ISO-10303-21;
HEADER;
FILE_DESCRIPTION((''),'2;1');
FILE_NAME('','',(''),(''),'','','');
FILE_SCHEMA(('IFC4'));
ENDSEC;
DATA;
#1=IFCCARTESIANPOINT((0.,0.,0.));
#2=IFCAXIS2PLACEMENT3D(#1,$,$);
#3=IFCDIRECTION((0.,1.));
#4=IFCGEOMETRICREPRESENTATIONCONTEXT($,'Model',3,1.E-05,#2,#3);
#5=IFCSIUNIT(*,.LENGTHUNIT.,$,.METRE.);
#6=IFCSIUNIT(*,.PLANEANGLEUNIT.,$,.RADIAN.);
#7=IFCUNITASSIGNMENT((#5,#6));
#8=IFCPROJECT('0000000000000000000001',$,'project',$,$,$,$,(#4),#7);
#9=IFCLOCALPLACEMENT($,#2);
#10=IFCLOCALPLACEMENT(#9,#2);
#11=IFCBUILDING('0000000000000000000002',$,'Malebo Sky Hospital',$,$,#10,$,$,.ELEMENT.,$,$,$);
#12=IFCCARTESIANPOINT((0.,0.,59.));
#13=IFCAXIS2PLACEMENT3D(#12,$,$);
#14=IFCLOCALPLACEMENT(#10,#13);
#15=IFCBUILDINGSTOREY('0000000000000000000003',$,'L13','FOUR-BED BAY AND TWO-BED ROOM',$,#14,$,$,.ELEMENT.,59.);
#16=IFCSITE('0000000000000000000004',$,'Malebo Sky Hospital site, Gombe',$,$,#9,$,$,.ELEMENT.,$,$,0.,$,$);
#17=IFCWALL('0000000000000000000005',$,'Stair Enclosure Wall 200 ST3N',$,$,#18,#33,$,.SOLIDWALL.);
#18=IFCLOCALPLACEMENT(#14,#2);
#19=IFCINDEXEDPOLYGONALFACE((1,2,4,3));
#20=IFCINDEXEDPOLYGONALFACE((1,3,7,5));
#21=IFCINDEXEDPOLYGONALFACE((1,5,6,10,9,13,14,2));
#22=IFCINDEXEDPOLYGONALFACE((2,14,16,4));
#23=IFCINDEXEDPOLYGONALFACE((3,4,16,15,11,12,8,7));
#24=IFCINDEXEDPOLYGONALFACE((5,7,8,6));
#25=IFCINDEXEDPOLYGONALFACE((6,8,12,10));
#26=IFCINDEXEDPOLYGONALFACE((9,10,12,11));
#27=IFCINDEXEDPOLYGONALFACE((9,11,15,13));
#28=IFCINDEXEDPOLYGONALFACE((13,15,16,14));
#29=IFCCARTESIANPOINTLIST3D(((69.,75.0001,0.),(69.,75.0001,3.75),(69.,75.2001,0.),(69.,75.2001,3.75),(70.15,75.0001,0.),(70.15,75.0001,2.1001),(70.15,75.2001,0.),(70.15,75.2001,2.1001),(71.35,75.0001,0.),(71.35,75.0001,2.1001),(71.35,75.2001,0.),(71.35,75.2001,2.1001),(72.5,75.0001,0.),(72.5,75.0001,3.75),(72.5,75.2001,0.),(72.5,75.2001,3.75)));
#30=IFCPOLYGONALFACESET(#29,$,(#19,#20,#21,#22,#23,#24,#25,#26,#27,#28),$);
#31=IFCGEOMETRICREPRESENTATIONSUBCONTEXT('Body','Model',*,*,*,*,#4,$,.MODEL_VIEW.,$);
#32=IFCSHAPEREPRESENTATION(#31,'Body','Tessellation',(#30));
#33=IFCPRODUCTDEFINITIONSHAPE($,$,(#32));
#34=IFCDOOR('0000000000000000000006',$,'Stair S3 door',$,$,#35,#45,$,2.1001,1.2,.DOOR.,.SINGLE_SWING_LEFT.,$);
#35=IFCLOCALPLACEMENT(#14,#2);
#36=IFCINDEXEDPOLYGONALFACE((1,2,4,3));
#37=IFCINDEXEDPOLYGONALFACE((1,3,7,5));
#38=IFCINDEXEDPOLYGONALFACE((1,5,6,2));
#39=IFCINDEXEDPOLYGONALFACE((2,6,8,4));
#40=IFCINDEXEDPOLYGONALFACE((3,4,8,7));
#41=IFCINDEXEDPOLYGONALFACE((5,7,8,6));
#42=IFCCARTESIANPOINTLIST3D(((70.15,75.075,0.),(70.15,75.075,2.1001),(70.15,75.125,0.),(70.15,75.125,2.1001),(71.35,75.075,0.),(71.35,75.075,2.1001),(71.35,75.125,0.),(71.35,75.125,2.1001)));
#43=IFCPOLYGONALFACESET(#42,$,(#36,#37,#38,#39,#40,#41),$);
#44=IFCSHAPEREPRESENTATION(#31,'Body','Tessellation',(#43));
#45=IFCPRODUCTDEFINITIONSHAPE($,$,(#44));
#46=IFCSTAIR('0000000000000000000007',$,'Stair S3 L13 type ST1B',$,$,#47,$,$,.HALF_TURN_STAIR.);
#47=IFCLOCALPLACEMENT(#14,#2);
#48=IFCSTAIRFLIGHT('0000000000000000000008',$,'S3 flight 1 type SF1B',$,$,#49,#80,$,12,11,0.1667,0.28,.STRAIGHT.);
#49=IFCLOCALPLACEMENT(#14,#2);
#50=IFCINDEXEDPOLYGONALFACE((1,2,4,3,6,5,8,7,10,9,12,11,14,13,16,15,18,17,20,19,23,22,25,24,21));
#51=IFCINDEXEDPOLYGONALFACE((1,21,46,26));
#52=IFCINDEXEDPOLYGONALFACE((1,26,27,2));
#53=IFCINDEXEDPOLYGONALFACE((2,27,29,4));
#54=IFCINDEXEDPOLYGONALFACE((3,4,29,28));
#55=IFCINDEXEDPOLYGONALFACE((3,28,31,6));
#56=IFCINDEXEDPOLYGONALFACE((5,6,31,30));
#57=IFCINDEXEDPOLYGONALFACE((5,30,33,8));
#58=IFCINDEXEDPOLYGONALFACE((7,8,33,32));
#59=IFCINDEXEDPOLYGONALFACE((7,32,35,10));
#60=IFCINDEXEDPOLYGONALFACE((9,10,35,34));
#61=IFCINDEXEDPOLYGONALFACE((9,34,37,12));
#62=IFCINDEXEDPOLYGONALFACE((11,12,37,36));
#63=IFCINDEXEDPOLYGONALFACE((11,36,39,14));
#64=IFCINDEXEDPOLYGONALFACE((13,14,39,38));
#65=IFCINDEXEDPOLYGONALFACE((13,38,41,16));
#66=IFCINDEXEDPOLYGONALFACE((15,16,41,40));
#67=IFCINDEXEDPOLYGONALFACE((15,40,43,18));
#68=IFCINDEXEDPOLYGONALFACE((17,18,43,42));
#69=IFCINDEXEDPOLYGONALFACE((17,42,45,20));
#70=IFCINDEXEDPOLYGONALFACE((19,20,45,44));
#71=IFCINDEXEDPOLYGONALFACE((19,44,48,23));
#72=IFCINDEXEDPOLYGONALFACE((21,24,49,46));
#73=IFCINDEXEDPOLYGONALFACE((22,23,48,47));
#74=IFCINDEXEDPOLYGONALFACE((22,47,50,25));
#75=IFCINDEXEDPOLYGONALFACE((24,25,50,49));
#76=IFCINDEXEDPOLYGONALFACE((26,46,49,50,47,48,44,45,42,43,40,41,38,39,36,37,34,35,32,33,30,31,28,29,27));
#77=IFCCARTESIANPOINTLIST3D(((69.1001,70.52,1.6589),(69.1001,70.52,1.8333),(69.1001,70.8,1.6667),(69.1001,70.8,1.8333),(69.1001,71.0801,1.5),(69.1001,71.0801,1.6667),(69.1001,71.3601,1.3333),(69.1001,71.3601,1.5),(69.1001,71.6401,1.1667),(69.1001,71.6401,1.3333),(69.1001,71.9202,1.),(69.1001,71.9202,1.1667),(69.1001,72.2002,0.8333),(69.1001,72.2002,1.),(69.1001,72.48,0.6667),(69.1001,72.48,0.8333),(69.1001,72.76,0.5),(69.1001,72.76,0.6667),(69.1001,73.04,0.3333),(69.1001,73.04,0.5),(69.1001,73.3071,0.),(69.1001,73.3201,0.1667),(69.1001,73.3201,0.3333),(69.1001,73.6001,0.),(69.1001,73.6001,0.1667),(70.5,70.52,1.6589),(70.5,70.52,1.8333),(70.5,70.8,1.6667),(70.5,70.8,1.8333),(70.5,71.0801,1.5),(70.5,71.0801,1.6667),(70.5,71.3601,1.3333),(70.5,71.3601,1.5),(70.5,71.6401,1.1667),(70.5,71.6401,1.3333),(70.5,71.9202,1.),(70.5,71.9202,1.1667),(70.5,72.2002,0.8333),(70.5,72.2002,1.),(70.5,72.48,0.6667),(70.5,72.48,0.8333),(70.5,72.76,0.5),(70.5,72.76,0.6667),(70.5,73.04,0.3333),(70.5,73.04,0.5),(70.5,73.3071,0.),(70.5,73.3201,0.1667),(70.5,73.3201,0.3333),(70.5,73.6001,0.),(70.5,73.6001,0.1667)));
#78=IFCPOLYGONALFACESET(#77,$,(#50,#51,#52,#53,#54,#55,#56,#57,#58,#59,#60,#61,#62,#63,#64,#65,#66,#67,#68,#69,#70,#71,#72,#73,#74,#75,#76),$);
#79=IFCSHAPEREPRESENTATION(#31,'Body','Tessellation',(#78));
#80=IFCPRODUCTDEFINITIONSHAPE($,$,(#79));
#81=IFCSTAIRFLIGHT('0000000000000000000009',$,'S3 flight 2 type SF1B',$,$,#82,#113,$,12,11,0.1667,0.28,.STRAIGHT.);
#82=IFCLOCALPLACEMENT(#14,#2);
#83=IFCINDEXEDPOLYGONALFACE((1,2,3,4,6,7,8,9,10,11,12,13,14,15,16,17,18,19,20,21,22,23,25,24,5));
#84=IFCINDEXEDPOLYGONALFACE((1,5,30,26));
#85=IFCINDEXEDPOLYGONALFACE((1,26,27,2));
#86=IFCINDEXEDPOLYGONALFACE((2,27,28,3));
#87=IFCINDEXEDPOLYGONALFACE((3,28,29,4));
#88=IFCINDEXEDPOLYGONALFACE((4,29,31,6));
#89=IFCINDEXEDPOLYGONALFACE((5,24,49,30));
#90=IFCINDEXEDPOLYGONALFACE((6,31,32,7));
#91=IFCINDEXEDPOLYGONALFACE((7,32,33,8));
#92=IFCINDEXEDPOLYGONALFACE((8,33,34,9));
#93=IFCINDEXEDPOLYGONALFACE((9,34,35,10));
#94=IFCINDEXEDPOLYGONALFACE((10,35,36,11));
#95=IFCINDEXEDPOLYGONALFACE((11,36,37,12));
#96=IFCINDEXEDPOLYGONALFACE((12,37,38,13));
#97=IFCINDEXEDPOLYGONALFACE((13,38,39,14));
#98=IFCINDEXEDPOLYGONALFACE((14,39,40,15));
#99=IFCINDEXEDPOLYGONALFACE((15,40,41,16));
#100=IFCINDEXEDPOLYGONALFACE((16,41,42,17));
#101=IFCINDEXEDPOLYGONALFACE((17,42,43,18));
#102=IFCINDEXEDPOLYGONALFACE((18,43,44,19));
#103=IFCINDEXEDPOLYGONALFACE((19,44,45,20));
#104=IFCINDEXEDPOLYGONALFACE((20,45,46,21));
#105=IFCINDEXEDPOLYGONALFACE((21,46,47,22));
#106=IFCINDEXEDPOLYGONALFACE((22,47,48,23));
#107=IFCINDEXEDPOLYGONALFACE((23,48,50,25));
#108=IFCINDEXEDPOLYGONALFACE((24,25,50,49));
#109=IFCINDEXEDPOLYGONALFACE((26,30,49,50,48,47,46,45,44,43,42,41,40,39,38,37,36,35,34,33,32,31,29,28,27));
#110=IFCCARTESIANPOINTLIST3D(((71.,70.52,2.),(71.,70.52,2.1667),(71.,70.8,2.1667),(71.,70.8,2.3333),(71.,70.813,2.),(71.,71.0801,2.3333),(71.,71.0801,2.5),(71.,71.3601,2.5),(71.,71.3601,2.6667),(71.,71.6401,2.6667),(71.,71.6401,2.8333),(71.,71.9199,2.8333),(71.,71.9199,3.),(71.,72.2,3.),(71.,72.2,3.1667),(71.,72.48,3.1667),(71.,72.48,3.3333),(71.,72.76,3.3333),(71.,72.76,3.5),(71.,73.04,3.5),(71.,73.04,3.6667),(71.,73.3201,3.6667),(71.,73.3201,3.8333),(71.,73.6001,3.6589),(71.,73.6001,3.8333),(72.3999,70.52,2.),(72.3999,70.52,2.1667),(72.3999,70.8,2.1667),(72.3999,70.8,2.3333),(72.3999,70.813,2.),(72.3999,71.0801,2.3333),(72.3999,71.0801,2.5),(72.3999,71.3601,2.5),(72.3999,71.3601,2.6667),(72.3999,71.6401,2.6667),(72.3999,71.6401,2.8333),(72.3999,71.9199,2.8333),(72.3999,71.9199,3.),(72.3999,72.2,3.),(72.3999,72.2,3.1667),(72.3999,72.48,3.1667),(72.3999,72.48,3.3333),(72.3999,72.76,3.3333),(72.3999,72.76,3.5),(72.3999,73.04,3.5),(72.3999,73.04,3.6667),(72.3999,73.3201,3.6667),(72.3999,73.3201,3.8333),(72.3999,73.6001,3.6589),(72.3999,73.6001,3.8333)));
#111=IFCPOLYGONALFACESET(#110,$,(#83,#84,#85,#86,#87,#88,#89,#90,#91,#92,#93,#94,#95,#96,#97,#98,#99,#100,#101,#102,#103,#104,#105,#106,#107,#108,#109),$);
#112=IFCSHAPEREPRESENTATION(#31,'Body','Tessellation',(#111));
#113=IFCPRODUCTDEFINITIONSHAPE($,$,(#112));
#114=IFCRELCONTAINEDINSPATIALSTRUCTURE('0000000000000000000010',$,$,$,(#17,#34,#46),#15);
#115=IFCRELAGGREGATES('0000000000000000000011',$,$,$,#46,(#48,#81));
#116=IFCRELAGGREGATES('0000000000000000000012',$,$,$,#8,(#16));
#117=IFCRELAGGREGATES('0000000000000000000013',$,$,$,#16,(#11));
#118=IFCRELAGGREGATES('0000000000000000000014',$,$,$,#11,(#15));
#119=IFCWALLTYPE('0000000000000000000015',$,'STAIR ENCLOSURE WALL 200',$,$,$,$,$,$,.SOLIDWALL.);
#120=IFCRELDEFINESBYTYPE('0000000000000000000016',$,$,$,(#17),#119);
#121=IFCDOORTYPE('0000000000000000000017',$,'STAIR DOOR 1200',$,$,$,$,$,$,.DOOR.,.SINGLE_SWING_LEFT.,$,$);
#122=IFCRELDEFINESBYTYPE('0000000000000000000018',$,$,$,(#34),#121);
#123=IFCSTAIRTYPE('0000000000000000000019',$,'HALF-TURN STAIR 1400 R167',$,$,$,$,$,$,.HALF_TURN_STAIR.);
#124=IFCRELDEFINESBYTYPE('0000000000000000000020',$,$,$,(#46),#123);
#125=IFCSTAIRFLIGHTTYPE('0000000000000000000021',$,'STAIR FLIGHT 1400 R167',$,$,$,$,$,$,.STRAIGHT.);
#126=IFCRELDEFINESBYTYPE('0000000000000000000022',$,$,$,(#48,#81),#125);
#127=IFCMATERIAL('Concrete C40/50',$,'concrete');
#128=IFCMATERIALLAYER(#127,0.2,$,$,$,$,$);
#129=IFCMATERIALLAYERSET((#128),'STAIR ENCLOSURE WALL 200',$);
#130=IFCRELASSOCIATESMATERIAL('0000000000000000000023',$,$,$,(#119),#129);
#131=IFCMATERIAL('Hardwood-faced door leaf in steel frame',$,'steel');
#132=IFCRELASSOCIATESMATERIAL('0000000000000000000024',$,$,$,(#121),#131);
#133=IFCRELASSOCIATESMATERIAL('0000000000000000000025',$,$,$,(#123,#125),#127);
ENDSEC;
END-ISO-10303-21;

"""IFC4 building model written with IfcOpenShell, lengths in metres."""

from ifc_helpers import new_model, si_unit, direction, frame, frame_2d, origin, place, context, subcontext, project, spatial, polyline, rectangle, outline, extrude, material, layer, layer_set, type_object, element, fill, aggregate, save


model = new_model("IFC4")

# Units and contexts
model_context = context("Model", 3, precision=1e-05, world=origin(), true_north=direction((0.0, 1.0)))
body_context = subcontext(model_context, "Body", "Model", "MODEL_VIEW")
ifc_project = project(units=[si_unit("LENGTHUNIT", "METRE"), si_unit("PLANEANGLEUNIT", "RADIAN")], contexts=[model_context])

# Site, building, storey
site_placement = place(None, origin())
site = spatial("IfcSite", under=ifc_project, at=site_placement, Name="Malebo Sky Hospital site, Gombe", CompositionType="ELEMENT", RefElevation=0.0)
building_placement = place(site_placement, origin())
building = spatial("IfcBuilding", under=site, at=building_placement, Name="Malebo Sky Hospital", CompositionType="ELEMENT")
storey_placement = place(building_placement, frame((0.0, 0.0, 59.0)))
storey = spatial("IfcBuildingStorey", under=building, at=storey_placement, Name="L13", Description="FOUR-BED BAY AND TWO-BED ROOM", CompositionType="ELEMENT", Elevation=59.0)

# Shared definitions
ifc_material_1 = material(Name="Hardwood-faced door leaf in steel frame", Category="steel")

# Shared definitions
ifc_material_2 = material(Name="Concrete C40/50", Category="concrete")
ifc_layer_1 = layer(ifc_material_2, 0.2)
ifc_layer_set_1 = layer_set([ifc_layer_1], Name="STAIR ENCLOSURE WALL 200")
wall_type_1 = type_object("IfcWallType", Name="STAIR ENCLOSURE WALL 200", PredefinedType="SOLIDWALL", material=ifc_layer_set_1)

# Wall, opening, door
wall_1_placement = place(storey_placement, frame((69.0, 75.1001, 0.0), z_axis=(0.0, 0.0, 1.0), x_axis=(1.0, 0.0, 0.0)))
wall_1 = element("IfcWall", 1, at=wall_1_placement, inside=storey, type_object=wall_type_1, Name="Stair Enclosure Wall 200 ST3N", PredefinedType="SOLIDWALL", context=body_context, shape_type="SweptSolid", body=[
    extrude(rectangle(XDim=3.5, YDim=0.2, at=frame_2d((1.75, 0.0))), origin(), (0.0, 0.0, 1.0), 3.75),
])
opening_1_placement = place(wall_1_placement, frame((1.1499, 0.0, 0.0)))
opening_1 = element("IfcOpeningElement", 2, at=opening_1_placement, cuts=wall_1, PredefinedType="OPENING", context=body_context, shape_type="SweptSolid", body=[
    extrude(rectangle(XDim=1.2, YDim=2.1001, at=frame_2d((0.6001, 1.05))), frame((0.0, 0.1099, 0.0), z_axis=(0.0, -1.0, 0.0), x_axis=(1.0, 0.0, 0.0)), (0.0, 0.0, 1.0), 0.22),
])
door_type_1 = type_object("IfcDoorType", Name="STAIR DOOR 1200", OperationType="SINGLE_SWING_LEFT", PredefinedType="DOOR", material=ifc_material_1)
door_1_placement = place(opening_1_placement, origin())
door_1 = element("IfcDoor", 3, at=door_1_placement, inside=storey, type_object=door_type_1, Name="Stair S3 door", OperationType="SINGLE_SWING_LEFT", OverallHeight=2.1001, OverallWidth=1.2, PredefinedType="DOOR", context=body_context, shape_type="SweptSolid", body=[
    extrude(rectangle(XDim=1.2, YDim=2.1001, at=frame_2d((0.6001, 1.05))), frame((0.0, 0.0249, 0.0), z_axis=(0.0, -1.0, 0.0), x_axis=(1.0, 0.0, 0.0)), (0.0, 0.0, 1.0), 0.05),
])
fill(opening_1, door_1)

# Stair, stair flights
stair_type = type_object("IfcStairType", Name="HALF-TURN STAIR 1400 R167", PredefinedType="HALF_TURN_STAIR", material=ifc_material_2)
stair_placement = place(storey_placement, origin())
stair = element("IfcStair", 4, at=stair_placement, inside=storey, type_object=stair_type, Name="Stair S3 L13 type ST1B", PredefinedType="HALF_TURN_STAIR")
stair_flight_type = type_object("IfcStairFlightType", Name="STAIR FLIGHT 1400 R167", PredefinedType="STRAIGHT", material=ifc_material_2)
stair_flight_1_placement = place(storey_placement, frame((69.8, 73.6001, 0.0), z_axis=(0.0, 0.0, 1.0), x_axis=(0.0, -1.0, 0.0)))
stair_flight_1 = element("IfcStairFlight", 5, at=stair_flight_1_placement, type_object=stair_flight_type, Name="S3 flight 1 type SF1B", NumberOfRisers=12, NumberOfTreads=11, PredefinedType="STRAIGHT", RiserHeight=0.1667, TreadLength=0.28, context=body_context, shape_type="SweptSolid", body=[
    extrude(outline(polyline([(0.0, 0.0), (0.0, 0.1667), (0.28, 0.1667), (0.28, 0.3333), (0.5601, 0.3333), (0.5601, 0.5), (0.8401, 0.5), (0.8401, 0.6667), (1.1201, 0.6667), (1.1201, 0.8333), (1.3999, 0.8333), (1.3999, 1.0), (1.6799, 1.0), (1.6799, 1.1667), (1.96, 1.1667), (1.96, 1.3333), (2.24, 1.3333), (2.24, 1.5), (2.52, 1.5), (2.52, 1.6667), (2.8, 1.6667), (2.8, 1.8333), (3.0801, 1.8333), (3.0801, 2.0), (3.0801, 1.6589), (0.293, 0.0), (0.0, 0.0)])), frame((0.0, 0.7, 0.0), z_axis=(0.0, -1.0, 0.0), x_axis=(1.0, 0.0, 0.0)), (0.0, 0.0, 1.0), 1.3999),
])
stair_flight_2_placement = place(storey_placement, frame((71.7, 70.52, 2.0), z_axis=(0.0, 0.0, 1.0), x_axis=(0.0, 1.0, 0.0)))
stair_flight_2 = element("IfcStairFlight", 6, at=stair_flight_2_placement, type_object=stair_flight_type, Name="S3 flight 2 type SF1B", NumberOfRisers=12, NumberOfTreads=11, PredefinedType="STRAIGHT", RiserHeight=0.1667, TreadLength=0.28, context=body_context, shape_type="SweptSolid", body=[
    extrude(outline(polyline([(0.0, 0.0), (0.0, 0.1667), (0.28, 0.1667), (0.28, 0.3333), (0.5601, 0.3333), (0.5601, 0.5), (0.8401, 0.5), (0.8401, 0.6667), (1.1201, 0.6667), (1.1201, 0.8333), (1.3999, 0.8333), (1.3999, 1.0), (1.6799, 1.0), (1.6799, 1.1667), (1.96, 1.1667), (1.96, 1.3333), (2.24, 1.3333), (2.24, 1.5), (2.52, 1.5), (2.52, 1.6667), (2.8, 1.6667), (2.8, 1.8333), (3.0801, 1.8333), (3.0801, 2.0), (3.0801, 1.6589), (0.293, 0.0), (0.0, 0.0)])), frame((0.0, 0.7, 0.0), z_axis=(0.0, -1.0, 0.0), x_axis=(1.0, 0.0, 0.0)), (0.0, 0.0, 1.0), 1.3999),
])
aggregate(stair, [stair_flight_1, stair_flight_2])

save(model, "model.ifc")
